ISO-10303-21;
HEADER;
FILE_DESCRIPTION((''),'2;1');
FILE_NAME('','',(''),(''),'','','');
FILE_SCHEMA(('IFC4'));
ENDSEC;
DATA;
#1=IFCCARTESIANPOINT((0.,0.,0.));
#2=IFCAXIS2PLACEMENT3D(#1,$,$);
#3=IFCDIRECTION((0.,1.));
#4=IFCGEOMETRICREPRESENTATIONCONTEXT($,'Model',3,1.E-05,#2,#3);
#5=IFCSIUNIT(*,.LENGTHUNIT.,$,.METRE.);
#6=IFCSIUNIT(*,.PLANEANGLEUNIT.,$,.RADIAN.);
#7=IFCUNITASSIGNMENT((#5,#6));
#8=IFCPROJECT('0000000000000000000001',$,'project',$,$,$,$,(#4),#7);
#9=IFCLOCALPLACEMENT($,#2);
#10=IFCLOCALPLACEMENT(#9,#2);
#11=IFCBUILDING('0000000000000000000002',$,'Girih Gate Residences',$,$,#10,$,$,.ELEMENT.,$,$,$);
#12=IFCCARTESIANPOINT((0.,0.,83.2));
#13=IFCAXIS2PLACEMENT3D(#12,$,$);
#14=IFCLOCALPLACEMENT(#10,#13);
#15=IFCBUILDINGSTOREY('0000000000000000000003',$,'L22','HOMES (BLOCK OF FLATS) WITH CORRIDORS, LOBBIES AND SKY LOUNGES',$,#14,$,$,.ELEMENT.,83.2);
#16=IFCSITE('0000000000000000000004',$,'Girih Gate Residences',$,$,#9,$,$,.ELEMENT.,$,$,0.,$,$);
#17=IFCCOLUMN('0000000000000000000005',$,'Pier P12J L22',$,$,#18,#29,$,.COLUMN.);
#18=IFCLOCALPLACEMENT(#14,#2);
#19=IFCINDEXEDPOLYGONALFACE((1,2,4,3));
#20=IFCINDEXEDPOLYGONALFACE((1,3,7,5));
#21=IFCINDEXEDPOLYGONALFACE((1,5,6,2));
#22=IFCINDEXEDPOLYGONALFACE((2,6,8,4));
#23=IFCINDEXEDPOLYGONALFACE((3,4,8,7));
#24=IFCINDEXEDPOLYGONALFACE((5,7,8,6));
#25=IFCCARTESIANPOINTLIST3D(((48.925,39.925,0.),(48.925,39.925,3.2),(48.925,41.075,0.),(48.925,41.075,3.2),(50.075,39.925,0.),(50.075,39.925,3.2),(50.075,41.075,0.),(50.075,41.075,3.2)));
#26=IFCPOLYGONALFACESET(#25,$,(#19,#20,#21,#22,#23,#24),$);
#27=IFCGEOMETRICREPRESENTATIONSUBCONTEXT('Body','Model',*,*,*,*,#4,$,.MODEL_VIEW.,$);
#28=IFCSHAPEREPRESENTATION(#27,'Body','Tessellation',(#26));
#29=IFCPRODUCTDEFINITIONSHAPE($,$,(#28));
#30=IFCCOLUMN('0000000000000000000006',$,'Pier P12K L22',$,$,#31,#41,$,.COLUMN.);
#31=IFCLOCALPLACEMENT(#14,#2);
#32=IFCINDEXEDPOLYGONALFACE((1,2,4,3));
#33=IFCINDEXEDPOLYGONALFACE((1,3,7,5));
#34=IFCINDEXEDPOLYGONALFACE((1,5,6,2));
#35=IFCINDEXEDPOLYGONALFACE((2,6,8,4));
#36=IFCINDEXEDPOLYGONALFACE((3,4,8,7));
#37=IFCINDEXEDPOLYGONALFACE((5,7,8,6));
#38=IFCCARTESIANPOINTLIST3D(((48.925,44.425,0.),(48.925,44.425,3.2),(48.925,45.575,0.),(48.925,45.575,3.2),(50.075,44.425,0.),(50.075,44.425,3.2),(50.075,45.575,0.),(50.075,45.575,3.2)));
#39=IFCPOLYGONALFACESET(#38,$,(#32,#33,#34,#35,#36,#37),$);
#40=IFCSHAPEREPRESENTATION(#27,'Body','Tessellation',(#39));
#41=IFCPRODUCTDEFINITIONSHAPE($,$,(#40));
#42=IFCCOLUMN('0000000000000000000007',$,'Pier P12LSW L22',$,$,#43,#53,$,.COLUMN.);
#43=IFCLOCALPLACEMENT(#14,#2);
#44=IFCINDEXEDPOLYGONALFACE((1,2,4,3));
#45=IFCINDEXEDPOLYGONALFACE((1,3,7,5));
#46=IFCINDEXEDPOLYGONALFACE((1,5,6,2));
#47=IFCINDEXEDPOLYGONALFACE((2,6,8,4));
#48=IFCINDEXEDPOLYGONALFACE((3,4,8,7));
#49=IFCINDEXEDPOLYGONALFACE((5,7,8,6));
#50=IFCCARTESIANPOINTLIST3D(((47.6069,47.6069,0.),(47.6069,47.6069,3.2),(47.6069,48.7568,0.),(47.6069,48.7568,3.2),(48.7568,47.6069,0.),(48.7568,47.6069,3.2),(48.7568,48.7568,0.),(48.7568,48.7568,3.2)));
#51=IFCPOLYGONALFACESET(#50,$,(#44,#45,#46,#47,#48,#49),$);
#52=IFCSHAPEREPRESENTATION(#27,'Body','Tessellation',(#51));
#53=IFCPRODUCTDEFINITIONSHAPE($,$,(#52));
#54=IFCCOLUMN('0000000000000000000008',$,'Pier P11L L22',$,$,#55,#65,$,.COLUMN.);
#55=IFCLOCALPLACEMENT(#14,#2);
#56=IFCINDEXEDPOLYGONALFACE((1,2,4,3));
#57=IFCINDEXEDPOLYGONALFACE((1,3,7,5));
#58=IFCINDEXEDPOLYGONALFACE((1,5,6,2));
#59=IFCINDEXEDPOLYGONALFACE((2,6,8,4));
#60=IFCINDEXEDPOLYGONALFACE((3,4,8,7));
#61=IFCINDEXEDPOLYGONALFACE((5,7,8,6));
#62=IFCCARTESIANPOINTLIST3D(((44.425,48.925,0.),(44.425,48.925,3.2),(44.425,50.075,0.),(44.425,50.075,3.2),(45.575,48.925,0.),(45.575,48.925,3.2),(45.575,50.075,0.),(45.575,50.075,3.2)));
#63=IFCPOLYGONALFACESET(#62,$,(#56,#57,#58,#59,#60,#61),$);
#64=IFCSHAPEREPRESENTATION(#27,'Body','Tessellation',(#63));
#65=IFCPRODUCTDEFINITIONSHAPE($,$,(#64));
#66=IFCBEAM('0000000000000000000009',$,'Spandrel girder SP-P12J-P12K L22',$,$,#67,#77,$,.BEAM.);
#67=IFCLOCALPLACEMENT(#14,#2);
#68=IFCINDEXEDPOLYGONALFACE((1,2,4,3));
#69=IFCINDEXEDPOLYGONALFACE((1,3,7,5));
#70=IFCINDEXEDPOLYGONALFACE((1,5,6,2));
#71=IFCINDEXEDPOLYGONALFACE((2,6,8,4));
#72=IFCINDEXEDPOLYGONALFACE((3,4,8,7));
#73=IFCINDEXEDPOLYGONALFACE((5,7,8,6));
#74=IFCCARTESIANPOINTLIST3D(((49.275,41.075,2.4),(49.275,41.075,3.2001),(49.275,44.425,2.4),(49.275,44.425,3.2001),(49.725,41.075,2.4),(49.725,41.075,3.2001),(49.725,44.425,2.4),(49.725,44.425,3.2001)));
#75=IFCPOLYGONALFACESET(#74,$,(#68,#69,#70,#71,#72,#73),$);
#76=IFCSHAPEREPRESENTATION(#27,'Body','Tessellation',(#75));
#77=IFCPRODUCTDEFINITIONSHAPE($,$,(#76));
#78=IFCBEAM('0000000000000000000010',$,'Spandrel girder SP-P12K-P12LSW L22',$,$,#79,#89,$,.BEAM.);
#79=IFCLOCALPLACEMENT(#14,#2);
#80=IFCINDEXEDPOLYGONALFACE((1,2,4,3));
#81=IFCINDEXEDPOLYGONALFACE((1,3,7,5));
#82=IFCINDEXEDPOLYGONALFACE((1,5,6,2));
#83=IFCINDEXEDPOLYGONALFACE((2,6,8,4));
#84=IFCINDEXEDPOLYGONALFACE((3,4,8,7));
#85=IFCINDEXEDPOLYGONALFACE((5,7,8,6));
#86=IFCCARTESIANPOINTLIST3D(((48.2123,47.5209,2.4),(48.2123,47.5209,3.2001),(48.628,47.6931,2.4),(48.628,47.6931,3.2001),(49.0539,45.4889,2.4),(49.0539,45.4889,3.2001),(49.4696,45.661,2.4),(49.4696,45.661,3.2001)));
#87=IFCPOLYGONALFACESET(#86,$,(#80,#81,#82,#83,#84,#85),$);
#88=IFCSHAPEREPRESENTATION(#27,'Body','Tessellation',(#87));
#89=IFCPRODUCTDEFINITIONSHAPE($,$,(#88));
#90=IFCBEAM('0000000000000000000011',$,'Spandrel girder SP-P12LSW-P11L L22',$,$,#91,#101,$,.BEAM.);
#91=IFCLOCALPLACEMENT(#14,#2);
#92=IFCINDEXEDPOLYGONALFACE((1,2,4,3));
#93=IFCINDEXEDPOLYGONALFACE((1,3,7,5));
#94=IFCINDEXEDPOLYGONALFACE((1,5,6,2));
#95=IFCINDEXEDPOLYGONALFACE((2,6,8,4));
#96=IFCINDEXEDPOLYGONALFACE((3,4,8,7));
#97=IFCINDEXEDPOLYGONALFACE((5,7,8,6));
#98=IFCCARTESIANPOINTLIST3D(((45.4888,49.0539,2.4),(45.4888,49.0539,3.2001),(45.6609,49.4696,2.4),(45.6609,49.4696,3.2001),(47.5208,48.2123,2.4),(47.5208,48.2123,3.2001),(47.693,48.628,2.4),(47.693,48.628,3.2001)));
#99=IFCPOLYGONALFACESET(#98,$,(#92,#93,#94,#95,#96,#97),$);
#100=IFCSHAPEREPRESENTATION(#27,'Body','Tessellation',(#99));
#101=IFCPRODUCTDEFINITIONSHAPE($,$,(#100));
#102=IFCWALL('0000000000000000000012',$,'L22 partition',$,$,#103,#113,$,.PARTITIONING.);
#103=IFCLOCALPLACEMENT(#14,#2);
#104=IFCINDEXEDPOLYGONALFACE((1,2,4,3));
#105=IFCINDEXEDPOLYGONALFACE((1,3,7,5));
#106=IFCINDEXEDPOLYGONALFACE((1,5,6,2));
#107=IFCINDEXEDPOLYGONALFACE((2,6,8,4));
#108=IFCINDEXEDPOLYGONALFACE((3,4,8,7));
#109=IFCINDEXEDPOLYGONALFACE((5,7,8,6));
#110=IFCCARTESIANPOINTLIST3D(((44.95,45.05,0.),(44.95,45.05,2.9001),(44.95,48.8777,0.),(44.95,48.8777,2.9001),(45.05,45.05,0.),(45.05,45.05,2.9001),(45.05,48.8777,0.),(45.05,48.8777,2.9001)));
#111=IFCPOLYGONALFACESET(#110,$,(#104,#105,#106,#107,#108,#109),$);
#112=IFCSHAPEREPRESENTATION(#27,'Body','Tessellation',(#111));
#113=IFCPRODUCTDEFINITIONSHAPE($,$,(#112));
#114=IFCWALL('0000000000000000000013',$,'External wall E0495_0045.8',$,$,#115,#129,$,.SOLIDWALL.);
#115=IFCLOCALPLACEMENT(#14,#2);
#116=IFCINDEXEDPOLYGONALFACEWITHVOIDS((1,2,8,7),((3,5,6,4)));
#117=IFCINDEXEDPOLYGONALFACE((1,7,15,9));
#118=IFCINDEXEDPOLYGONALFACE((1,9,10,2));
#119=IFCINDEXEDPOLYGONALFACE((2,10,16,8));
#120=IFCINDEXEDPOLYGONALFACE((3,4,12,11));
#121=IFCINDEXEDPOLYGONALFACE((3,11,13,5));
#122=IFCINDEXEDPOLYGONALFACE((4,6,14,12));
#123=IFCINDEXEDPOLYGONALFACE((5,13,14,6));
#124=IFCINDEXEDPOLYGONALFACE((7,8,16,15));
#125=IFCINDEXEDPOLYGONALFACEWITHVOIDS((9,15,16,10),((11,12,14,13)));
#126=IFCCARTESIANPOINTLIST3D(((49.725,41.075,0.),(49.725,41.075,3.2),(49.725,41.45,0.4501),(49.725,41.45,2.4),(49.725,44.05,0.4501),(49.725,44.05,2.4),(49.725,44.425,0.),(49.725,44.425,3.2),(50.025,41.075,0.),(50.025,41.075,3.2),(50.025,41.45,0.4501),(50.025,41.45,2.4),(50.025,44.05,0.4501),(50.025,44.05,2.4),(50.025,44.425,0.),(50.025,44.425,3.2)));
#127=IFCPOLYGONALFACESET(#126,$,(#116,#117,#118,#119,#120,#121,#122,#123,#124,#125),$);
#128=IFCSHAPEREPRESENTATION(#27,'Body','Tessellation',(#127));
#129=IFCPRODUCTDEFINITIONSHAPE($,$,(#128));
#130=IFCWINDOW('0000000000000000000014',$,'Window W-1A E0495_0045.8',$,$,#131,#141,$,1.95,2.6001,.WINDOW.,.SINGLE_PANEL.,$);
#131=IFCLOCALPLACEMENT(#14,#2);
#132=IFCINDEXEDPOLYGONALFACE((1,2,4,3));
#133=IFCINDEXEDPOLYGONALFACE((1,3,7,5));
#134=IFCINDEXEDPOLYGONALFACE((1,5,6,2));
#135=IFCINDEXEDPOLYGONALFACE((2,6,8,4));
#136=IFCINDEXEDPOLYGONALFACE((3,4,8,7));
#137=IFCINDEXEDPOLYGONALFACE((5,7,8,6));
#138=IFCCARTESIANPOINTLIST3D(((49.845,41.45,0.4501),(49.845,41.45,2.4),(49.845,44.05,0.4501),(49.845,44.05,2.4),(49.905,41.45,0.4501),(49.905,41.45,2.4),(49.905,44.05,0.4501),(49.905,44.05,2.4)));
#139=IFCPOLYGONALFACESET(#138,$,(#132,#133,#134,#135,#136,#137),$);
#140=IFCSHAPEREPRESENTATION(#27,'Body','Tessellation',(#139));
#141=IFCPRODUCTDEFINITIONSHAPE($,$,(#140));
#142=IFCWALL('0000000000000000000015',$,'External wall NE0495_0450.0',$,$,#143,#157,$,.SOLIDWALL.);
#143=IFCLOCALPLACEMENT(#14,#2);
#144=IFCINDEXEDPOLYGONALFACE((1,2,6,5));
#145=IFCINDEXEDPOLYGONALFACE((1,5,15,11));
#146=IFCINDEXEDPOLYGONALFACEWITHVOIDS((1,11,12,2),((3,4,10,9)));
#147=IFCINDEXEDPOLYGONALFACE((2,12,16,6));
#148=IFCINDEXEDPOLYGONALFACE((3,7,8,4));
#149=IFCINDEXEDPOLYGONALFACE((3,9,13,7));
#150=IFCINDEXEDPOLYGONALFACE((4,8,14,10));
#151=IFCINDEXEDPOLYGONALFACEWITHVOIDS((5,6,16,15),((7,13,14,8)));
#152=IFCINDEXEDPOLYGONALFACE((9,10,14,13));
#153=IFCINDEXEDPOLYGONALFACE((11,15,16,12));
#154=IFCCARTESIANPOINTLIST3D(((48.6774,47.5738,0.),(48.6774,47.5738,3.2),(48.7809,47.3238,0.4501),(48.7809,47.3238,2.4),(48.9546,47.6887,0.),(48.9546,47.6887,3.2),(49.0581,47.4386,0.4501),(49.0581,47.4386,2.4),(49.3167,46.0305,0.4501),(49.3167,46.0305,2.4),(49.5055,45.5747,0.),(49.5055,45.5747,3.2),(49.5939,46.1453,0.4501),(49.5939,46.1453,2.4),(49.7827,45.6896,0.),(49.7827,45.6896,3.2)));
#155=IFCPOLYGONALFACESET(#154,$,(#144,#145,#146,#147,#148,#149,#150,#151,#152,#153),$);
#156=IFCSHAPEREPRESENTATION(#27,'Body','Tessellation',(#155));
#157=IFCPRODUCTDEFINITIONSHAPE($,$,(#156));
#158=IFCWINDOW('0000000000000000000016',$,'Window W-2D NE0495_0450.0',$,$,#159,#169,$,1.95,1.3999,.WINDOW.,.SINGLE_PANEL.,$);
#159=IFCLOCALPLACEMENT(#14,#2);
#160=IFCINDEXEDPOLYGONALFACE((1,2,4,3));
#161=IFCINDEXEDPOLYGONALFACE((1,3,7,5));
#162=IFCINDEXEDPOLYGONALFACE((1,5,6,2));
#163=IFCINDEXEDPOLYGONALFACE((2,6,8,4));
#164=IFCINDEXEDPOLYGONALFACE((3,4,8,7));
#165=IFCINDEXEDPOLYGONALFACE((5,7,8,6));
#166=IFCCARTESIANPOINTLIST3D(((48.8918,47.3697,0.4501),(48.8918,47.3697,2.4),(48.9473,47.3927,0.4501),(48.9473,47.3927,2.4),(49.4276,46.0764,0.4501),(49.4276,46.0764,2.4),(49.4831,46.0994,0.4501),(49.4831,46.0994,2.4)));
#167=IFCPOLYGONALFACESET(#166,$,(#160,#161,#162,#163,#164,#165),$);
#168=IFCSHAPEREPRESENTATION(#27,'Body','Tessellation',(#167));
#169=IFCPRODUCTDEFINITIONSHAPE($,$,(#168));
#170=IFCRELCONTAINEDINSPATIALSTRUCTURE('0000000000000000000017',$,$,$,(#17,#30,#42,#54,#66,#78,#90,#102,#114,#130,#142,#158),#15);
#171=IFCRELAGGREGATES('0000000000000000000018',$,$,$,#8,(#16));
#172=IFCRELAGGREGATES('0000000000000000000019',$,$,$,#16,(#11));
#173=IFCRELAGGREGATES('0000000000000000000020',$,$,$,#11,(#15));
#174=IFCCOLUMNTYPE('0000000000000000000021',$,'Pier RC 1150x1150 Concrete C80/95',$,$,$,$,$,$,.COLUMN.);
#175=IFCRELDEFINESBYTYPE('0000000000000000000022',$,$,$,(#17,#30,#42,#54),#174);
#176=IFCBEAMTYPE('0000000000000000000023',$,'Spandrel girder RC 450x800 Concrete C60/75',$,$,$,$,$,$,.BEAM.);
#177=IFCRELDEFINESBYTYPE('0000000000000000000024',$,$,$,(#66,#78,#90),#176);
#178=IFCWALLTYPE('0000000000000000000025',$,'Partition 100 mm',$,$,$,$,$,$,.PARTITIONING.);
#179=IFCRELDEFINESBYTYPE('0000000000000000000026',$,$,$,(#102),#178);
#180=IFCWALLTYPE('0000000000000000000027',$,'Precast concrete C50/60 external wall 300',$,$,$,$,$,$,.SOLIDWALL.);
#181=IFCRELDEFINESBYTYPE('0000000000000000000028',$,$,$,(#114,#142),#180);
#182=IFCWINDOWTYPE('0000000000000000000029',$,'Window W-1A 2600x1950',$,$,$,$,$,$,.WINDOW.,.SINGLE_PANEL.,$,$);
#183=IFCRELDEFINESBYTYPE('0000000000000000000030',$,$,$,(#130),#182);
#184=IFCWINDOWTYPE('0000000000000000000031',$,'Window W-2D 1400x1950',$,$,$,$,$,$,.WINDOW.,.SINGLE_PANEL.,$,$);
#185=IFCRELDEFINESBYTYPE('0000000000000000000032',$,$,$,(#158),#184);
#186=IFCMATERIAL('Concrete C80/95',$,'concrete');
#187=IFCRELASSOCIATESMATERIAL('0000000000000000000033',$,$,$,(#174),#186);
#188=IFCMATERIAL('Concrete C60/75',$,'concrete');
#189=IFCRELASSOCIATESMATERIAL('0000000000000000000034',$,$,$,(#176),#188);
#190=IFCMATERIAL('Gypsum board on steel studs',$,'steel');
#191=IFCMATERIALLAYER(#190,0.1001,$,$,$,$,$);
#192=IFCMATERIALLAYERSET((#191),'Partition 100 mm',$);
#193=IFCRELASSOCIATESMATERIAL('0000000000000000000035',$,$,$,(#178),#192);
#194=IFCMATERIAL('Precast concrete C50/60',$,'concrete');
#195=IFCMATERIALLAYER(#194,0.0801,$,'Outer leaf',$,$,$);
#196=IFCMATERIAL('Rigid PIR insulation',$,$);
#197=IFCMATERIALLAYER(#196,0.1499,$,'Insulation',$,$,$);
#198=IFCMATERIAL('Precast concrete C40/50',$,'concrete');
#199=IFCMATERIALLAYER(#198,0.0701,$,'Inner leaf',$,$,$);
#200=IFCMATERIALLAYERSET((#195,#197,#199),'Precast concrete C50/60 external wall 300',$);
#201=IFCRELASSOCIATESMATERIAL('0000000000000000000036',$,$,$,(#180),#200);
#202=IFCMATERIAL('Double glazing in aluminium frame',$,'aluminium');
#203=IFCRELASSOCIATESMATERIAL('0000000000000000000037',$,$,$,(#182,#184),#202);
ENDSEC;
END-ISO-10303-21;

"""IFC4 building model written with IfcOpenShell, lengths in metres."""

from ifc_helpers import new_model, si_unit, direction, frame, frame_2d, origin, origin_2d, place, context, subcontext, project, spatial, rectangle, extrude, material, layer, layer_set, material_profile, profile_set, type_object, element, fill, save


model = new_model("IFC4")

# Units and contexts
model_context = context("Model", 3, precision=1e-05, world=origin(), true_north=direction((0.0, 1.0)))
body_context = subcontext(model_context, "Body", "Model", "MODEL_VIEW")
ifc_project = project(units=[si_unit("LENGTHUNIT", "METRE"), si_unit("PLANEANGLEUNIT", "RADIAN")], contexts=[model_context])

# Site, building, storey
site_placement = place(None, origin())
site = spatial("IfcSite", under=ifc_project, at=site_placement, Name="Girih Gate Residences", CompositionType="ELEMENT", RefElevation=0.0)
building_placement = place(site_placement, origin())
building = spatial("IfcBuilding", under=site, at=building_placement, Name="Girih Gate Residences", CompositionType="ELEMENT")
storey_placement = place(building_placement, frame((0.0, 0.0, 83.2)))
storey = spatial("IfcBuildingStorey", under=building, at=storey_placement, Name="L22", Description="HOMES (BLOCK OF FLATS) WITH CORRIDORS, LOBBIES AND SKY LOUNGES", CompositionType="ELEMENT", Elevation=83.2)

# Columns
ifc_material_1 = material(Name="Concrete C80/95", Category="concrete")
ifc_material_profile_1 = material_profile(ifc_material_1, rectangle(XDim=1.1499, YDim=1.1499, at=origin_2d()))
ifc_profile_set_1 = profile_set([ifc_material_profile_1], Name="Concrete C80/95")
column_type = type_object("IfcColumnType", Name="Pier RC 1150x1150 Concrete C80/95", PredefinedType="COLUMN", material=ifc_profile_set_1)
for number, where, z_axis, x_axis, name in (
    (1, (49.5, 40.5, 0.0), (0.0, 0.0, 1.0), (1.0, 0.0, 0.0), "Pier P12J L22"),
    (2, (49.5, 45.0, 0.0), (0.0, 0.0, 1.0), (1.0, 0.0, 0.0), "Pier P12K L22"),
    (3, (48.1819, 48.1819, 0.0), (0.0, 0.0, 1.0), (1.0, 0.0, 0.0), "Pier P12LSW L22"),
    (4, (45.0, 49.5, 0.0), (0.0, 0.0, 1.0), (1.0, 0.0, 0.0), "Pier P11L L22"),
):
    element("IfcColumn", number, at=place(storey_placement, frame(where, z_axis=z_axis, x_axis=x_axis)), inside=storey, type_object=column_type, Name=name, PredefinedType="COLUMN", context=body_context, shape_type="SweptSolid", body=[
        extrude(rectangle(XDim=1.1499, YDim=1.1499, at=origin_2d()), origin(), (0.0, 0.0, 1.0), 3.2),
    ])

# Beams
ifc_material_2 = material(Name="Concrete C60/75", Category="concrete")
ifc_material_profile_2 = material_profile(ifc_material_2, rectangle(XDim=0.45, YDim=0.8, at=origin_2d()))
ifc_profile_set_2 = profile_set([ifc_material_profile_2], Name="Concrete C60/75")
beam_type = type_object("IfcBeamType", Name="Spandrel girder RC 450x800 Concrete C60/75", PredefinedType="BEAM", material=ifc_profile_set_2)
beam_placement = place(storey_placement, frame((49.5, 41.075, 2.8), z_axis=(0.0, 1.0, 0.0), x_axis=(-1.0, 0.0, 0.0)))
element("IfcBeam", 5, at=beam_placement, inside=storey, type_object=beam_type, Name="Spandrel girder SP-P12J-P12K L22", PredefinedType="BEAM", context=body_context, shape_type="SweptSolid", body=[
    extrude(rectangle(XDim=0.45, YDim=0.8, at=origin_2d()), origin(), (0.0, 0.0, 1.0), 3.3501),
])
for number, where, z_axis, x_axis, name in (
    (6, (49.2617, 45.575, 2.8), (-0.382636, 0.923899, 0.0), (-0.923899, -0.382636, 0.0), "Spandrel girder SP-P12K-P12LSW L22"),
    (7, (47.6069, 48.4202, 2.8), (-0.923899, 0.382636, 0.0), (-0.382636, -0.923899, 0.0), "Spandrel girder SP-P12LSW-P11L L22"),
):
    element("IfcBeam", number, at=place(storey_placement, frame(where, z_axis=z_axis, x_axis=x_axis)), inside=storey, type_object=beam_type, Name=name, PredefinedType="BEAM", context=body_context, shape_type="SweptSolid", body=[
        extrude(rectangle(XDim=0.45, YDim=0.8, at=origin_2d()), origin(), (0.0, 0.0, 1.0), 2.1995),
    ])

# Wall
ifc_material_3 = material(Name="Gypsum board on steel studs", Category="steel")
ifc_layer_1 = layer(ifc_material_3, 0.1001)
ifc_layer_set_1 = layer_set([ifc_layer_1], Name="Partition 100 mm")
wall_type_1 = type_object("IfcWallType", Name="Partition 100 mm", PredefinedType="PARTITIONING", material=ifc_layer_set_1)
wall_1_placement = place(storey_placement, frame((45.0, 45.05, 0.0), z_axis=(0.0, 0.0, 1.0), x_axis=(0.0, 1.0, 0.0)))
element("IfcWall", 8, at=wall_1_placement, inside=storey, type_object=wall_type_1, Name="L22 partition", PredefinedType="PARTITIONING", context=body_context, shape_type="SweptSolid", body=[
    extrude(rectangle(XDim=3.8276, YDim=0.1001, at=frame_2d((1.9138, 0.0))), origin(), (0.0, 0.0, 1.0), 2.9001),
])

# Walls, openings, windows
ifc_material_4 = material(Name="Precast concrete C50/60", Category="concrete")
ifc_layer_2 = layer(ifc_material_4, 0.0801, Name="Outer leaf")
ifc_material_5 = material(Name="Rigid PIR insulation")
ifc_layer_3 = layer(ifc_material_5, 0.1499, Name="Insulation")
ifc_material_6 = material(Name="Precast concrete C40/50", Category="concrete")
ifc_layer_4 = layer(ifc_material_6, 0.0701, Name="Inner leaf")
ifc_layer_set_2 = layer_set([ifc_layer_2, ifc_layer_3, ifc_layer_4], Name="Precast concrete C50/60 external wall 300")
wall_type_2 = type_object("IfcWallType", Name="Precast concrete C50/60 external wall 300", PredefinedType="SOLIDWALL", material=ifc_layer_set_2)
wall_2_placement = place(storey_placement, frame((49.875, 44.425, 0.0), z_axis=(0.0, 0.0, 1.0), x_axis=(0.0, -1.0, 0.0)))
wall_2 = element("IfcWall", 9, at=wall_2_placement, inside=storey, type_object=wall_type_2, Name="External wall E0495_0045.8", PredefinedType="SOLIDWALL", context=body_context, shape_type="SweptSolid", body=[
    extrude(rectangle(XDim=3.3501, YDim=0.3, at=frame_2d((1.675, 0.0))), origin(), (0.0, 0.0, 1.0), 3.2),
])
opening_1_placement = place(wall_2_placement, frame((0.375, 0.0, 0.45)))
opening_1 = element("IfcOpeningElement", 10, at=opening_1_placement, cuts=wall_2, PredefinedType="OPENING", context=body_context, shape_type="SweptSolid", body=[
    extrude(rectangle(XDim=2.6001, YDim=1.95, at=frame_2d((1.3, 0.9751))), frame((0.0, 0.1599, 0.0), z_axis=(0.0, -1.0, 0.0), x_axis=(1.0, 0.0, 0.0)), (0.0, 0.0, 1.0), 0.3201),
])
ifc_material_7 = material(Name="Double glazing in aluminium frame", Category="aluminium")
window_type_1 = type_object("IfcWindowType", Name="Window W-1A 2600x1950", PartitioningType="SINGLE_PANEL", PredefinedType="WINDOW", material=ifc_material_7)
window_1_placement = place(opening_1_placement, origin())
window_1 = element("IfcWindow", 11, at=window_1_placement, inside=storey, type_object=window_type_1, Name="Window W-1A E0495_0045.8", OverallHeight=1.95, OverallWidth=2.6001, PartitioningType="SINGLE_PANEL", PredefinedType="WINDOW", context=body_context, shape_type="SweptSolid", body=[
    extrude(rectangle(XDim=2.6001, YDim=1.95, at=frame_2d((1.3, 0.9751))), frame((0.0, 0.03, 0.0), z_axis=(0.0, -1.0, 0.0), x_axis=(1.0, 0.0, 0.0)), (0.0, 0.0, 1.0), 0.0601),
])
fill(opening_1, window_1)
wall_3_placement = place(storey_placement, frame((48.8159, 47.6313, 0.0), z_axis=(0.0, 0.0, 1.0), x_axis=(0.382724, -0.923863, 0.0)))
wall_3 = element("IfcWall", 12, at=wall_3_placement, inside=storey, type_object=wall_type_2, Name="External wall NE0495_0450.0", PredefinedType="SOLIDWALL", context=body_context, shape_type="SweptSolid", body=[
    extrude(rectangle(XDim=2.1638, YDim=0.3, at=frame_2d((1.082, 0.0))), origin(), (0.0, 0.0, 1.0), 3.2),
])
opening_2_placement = place(wall_3_placement, frame((0.2708, 0.0, 0.45)))
opening_2 = element("IfcOpeningElement", 13, at=opening_2_placement, cuts=wall_3, PredefinedType="OPENING", context=body_context, shape_type="SweptSolid", body=[
    extrude(rectangle(XDim=1.3999, YDim=1.95, at=frame_2d((0.7, 0.9751))), frame((0.0, 0.1599, 0.0), z_axis=(0.0, -1.0, 0.0), x_axis=(1.0, 0.0, 0.0)), (0.0, 0.0, 1.0), 0.3201),
])
window_type_2 = type_object("IfcWindowType", Name="Window W-2D 1400x1950", PartitioningType="SINGLE_PANEL", PredefinedType="WINDOW", material=ifc_material_7)
window_2_placement = place(opening_2_placement, origin())
window_2 = element("IfcWindow", 14, at=window_2_placement, inside=storey, type_object=window_type_2, Name="Window W-2D NE0495_0450.0", OverallHeight=1.95, OverallWidth=1.3999, PartitioningType="SINGLE_PANEL", PredefinedType="WINDOW", context=body_context, shape_type="SweptSolid", body=[
    extrude(rectangle(XDim=1.3999, YDim=1.95, at=frame_2d((0.7, 0.9751))), frame((0.0, 0.03, 0.0), z_axis=(0.0, -1.0, 0.0), x_axis=(1.0, 0.0, 0.0)), (0.0, 0.0, 1.0), 0.0601),
])
fill(opening_2, window_2)

save(model, "model.ifc")
